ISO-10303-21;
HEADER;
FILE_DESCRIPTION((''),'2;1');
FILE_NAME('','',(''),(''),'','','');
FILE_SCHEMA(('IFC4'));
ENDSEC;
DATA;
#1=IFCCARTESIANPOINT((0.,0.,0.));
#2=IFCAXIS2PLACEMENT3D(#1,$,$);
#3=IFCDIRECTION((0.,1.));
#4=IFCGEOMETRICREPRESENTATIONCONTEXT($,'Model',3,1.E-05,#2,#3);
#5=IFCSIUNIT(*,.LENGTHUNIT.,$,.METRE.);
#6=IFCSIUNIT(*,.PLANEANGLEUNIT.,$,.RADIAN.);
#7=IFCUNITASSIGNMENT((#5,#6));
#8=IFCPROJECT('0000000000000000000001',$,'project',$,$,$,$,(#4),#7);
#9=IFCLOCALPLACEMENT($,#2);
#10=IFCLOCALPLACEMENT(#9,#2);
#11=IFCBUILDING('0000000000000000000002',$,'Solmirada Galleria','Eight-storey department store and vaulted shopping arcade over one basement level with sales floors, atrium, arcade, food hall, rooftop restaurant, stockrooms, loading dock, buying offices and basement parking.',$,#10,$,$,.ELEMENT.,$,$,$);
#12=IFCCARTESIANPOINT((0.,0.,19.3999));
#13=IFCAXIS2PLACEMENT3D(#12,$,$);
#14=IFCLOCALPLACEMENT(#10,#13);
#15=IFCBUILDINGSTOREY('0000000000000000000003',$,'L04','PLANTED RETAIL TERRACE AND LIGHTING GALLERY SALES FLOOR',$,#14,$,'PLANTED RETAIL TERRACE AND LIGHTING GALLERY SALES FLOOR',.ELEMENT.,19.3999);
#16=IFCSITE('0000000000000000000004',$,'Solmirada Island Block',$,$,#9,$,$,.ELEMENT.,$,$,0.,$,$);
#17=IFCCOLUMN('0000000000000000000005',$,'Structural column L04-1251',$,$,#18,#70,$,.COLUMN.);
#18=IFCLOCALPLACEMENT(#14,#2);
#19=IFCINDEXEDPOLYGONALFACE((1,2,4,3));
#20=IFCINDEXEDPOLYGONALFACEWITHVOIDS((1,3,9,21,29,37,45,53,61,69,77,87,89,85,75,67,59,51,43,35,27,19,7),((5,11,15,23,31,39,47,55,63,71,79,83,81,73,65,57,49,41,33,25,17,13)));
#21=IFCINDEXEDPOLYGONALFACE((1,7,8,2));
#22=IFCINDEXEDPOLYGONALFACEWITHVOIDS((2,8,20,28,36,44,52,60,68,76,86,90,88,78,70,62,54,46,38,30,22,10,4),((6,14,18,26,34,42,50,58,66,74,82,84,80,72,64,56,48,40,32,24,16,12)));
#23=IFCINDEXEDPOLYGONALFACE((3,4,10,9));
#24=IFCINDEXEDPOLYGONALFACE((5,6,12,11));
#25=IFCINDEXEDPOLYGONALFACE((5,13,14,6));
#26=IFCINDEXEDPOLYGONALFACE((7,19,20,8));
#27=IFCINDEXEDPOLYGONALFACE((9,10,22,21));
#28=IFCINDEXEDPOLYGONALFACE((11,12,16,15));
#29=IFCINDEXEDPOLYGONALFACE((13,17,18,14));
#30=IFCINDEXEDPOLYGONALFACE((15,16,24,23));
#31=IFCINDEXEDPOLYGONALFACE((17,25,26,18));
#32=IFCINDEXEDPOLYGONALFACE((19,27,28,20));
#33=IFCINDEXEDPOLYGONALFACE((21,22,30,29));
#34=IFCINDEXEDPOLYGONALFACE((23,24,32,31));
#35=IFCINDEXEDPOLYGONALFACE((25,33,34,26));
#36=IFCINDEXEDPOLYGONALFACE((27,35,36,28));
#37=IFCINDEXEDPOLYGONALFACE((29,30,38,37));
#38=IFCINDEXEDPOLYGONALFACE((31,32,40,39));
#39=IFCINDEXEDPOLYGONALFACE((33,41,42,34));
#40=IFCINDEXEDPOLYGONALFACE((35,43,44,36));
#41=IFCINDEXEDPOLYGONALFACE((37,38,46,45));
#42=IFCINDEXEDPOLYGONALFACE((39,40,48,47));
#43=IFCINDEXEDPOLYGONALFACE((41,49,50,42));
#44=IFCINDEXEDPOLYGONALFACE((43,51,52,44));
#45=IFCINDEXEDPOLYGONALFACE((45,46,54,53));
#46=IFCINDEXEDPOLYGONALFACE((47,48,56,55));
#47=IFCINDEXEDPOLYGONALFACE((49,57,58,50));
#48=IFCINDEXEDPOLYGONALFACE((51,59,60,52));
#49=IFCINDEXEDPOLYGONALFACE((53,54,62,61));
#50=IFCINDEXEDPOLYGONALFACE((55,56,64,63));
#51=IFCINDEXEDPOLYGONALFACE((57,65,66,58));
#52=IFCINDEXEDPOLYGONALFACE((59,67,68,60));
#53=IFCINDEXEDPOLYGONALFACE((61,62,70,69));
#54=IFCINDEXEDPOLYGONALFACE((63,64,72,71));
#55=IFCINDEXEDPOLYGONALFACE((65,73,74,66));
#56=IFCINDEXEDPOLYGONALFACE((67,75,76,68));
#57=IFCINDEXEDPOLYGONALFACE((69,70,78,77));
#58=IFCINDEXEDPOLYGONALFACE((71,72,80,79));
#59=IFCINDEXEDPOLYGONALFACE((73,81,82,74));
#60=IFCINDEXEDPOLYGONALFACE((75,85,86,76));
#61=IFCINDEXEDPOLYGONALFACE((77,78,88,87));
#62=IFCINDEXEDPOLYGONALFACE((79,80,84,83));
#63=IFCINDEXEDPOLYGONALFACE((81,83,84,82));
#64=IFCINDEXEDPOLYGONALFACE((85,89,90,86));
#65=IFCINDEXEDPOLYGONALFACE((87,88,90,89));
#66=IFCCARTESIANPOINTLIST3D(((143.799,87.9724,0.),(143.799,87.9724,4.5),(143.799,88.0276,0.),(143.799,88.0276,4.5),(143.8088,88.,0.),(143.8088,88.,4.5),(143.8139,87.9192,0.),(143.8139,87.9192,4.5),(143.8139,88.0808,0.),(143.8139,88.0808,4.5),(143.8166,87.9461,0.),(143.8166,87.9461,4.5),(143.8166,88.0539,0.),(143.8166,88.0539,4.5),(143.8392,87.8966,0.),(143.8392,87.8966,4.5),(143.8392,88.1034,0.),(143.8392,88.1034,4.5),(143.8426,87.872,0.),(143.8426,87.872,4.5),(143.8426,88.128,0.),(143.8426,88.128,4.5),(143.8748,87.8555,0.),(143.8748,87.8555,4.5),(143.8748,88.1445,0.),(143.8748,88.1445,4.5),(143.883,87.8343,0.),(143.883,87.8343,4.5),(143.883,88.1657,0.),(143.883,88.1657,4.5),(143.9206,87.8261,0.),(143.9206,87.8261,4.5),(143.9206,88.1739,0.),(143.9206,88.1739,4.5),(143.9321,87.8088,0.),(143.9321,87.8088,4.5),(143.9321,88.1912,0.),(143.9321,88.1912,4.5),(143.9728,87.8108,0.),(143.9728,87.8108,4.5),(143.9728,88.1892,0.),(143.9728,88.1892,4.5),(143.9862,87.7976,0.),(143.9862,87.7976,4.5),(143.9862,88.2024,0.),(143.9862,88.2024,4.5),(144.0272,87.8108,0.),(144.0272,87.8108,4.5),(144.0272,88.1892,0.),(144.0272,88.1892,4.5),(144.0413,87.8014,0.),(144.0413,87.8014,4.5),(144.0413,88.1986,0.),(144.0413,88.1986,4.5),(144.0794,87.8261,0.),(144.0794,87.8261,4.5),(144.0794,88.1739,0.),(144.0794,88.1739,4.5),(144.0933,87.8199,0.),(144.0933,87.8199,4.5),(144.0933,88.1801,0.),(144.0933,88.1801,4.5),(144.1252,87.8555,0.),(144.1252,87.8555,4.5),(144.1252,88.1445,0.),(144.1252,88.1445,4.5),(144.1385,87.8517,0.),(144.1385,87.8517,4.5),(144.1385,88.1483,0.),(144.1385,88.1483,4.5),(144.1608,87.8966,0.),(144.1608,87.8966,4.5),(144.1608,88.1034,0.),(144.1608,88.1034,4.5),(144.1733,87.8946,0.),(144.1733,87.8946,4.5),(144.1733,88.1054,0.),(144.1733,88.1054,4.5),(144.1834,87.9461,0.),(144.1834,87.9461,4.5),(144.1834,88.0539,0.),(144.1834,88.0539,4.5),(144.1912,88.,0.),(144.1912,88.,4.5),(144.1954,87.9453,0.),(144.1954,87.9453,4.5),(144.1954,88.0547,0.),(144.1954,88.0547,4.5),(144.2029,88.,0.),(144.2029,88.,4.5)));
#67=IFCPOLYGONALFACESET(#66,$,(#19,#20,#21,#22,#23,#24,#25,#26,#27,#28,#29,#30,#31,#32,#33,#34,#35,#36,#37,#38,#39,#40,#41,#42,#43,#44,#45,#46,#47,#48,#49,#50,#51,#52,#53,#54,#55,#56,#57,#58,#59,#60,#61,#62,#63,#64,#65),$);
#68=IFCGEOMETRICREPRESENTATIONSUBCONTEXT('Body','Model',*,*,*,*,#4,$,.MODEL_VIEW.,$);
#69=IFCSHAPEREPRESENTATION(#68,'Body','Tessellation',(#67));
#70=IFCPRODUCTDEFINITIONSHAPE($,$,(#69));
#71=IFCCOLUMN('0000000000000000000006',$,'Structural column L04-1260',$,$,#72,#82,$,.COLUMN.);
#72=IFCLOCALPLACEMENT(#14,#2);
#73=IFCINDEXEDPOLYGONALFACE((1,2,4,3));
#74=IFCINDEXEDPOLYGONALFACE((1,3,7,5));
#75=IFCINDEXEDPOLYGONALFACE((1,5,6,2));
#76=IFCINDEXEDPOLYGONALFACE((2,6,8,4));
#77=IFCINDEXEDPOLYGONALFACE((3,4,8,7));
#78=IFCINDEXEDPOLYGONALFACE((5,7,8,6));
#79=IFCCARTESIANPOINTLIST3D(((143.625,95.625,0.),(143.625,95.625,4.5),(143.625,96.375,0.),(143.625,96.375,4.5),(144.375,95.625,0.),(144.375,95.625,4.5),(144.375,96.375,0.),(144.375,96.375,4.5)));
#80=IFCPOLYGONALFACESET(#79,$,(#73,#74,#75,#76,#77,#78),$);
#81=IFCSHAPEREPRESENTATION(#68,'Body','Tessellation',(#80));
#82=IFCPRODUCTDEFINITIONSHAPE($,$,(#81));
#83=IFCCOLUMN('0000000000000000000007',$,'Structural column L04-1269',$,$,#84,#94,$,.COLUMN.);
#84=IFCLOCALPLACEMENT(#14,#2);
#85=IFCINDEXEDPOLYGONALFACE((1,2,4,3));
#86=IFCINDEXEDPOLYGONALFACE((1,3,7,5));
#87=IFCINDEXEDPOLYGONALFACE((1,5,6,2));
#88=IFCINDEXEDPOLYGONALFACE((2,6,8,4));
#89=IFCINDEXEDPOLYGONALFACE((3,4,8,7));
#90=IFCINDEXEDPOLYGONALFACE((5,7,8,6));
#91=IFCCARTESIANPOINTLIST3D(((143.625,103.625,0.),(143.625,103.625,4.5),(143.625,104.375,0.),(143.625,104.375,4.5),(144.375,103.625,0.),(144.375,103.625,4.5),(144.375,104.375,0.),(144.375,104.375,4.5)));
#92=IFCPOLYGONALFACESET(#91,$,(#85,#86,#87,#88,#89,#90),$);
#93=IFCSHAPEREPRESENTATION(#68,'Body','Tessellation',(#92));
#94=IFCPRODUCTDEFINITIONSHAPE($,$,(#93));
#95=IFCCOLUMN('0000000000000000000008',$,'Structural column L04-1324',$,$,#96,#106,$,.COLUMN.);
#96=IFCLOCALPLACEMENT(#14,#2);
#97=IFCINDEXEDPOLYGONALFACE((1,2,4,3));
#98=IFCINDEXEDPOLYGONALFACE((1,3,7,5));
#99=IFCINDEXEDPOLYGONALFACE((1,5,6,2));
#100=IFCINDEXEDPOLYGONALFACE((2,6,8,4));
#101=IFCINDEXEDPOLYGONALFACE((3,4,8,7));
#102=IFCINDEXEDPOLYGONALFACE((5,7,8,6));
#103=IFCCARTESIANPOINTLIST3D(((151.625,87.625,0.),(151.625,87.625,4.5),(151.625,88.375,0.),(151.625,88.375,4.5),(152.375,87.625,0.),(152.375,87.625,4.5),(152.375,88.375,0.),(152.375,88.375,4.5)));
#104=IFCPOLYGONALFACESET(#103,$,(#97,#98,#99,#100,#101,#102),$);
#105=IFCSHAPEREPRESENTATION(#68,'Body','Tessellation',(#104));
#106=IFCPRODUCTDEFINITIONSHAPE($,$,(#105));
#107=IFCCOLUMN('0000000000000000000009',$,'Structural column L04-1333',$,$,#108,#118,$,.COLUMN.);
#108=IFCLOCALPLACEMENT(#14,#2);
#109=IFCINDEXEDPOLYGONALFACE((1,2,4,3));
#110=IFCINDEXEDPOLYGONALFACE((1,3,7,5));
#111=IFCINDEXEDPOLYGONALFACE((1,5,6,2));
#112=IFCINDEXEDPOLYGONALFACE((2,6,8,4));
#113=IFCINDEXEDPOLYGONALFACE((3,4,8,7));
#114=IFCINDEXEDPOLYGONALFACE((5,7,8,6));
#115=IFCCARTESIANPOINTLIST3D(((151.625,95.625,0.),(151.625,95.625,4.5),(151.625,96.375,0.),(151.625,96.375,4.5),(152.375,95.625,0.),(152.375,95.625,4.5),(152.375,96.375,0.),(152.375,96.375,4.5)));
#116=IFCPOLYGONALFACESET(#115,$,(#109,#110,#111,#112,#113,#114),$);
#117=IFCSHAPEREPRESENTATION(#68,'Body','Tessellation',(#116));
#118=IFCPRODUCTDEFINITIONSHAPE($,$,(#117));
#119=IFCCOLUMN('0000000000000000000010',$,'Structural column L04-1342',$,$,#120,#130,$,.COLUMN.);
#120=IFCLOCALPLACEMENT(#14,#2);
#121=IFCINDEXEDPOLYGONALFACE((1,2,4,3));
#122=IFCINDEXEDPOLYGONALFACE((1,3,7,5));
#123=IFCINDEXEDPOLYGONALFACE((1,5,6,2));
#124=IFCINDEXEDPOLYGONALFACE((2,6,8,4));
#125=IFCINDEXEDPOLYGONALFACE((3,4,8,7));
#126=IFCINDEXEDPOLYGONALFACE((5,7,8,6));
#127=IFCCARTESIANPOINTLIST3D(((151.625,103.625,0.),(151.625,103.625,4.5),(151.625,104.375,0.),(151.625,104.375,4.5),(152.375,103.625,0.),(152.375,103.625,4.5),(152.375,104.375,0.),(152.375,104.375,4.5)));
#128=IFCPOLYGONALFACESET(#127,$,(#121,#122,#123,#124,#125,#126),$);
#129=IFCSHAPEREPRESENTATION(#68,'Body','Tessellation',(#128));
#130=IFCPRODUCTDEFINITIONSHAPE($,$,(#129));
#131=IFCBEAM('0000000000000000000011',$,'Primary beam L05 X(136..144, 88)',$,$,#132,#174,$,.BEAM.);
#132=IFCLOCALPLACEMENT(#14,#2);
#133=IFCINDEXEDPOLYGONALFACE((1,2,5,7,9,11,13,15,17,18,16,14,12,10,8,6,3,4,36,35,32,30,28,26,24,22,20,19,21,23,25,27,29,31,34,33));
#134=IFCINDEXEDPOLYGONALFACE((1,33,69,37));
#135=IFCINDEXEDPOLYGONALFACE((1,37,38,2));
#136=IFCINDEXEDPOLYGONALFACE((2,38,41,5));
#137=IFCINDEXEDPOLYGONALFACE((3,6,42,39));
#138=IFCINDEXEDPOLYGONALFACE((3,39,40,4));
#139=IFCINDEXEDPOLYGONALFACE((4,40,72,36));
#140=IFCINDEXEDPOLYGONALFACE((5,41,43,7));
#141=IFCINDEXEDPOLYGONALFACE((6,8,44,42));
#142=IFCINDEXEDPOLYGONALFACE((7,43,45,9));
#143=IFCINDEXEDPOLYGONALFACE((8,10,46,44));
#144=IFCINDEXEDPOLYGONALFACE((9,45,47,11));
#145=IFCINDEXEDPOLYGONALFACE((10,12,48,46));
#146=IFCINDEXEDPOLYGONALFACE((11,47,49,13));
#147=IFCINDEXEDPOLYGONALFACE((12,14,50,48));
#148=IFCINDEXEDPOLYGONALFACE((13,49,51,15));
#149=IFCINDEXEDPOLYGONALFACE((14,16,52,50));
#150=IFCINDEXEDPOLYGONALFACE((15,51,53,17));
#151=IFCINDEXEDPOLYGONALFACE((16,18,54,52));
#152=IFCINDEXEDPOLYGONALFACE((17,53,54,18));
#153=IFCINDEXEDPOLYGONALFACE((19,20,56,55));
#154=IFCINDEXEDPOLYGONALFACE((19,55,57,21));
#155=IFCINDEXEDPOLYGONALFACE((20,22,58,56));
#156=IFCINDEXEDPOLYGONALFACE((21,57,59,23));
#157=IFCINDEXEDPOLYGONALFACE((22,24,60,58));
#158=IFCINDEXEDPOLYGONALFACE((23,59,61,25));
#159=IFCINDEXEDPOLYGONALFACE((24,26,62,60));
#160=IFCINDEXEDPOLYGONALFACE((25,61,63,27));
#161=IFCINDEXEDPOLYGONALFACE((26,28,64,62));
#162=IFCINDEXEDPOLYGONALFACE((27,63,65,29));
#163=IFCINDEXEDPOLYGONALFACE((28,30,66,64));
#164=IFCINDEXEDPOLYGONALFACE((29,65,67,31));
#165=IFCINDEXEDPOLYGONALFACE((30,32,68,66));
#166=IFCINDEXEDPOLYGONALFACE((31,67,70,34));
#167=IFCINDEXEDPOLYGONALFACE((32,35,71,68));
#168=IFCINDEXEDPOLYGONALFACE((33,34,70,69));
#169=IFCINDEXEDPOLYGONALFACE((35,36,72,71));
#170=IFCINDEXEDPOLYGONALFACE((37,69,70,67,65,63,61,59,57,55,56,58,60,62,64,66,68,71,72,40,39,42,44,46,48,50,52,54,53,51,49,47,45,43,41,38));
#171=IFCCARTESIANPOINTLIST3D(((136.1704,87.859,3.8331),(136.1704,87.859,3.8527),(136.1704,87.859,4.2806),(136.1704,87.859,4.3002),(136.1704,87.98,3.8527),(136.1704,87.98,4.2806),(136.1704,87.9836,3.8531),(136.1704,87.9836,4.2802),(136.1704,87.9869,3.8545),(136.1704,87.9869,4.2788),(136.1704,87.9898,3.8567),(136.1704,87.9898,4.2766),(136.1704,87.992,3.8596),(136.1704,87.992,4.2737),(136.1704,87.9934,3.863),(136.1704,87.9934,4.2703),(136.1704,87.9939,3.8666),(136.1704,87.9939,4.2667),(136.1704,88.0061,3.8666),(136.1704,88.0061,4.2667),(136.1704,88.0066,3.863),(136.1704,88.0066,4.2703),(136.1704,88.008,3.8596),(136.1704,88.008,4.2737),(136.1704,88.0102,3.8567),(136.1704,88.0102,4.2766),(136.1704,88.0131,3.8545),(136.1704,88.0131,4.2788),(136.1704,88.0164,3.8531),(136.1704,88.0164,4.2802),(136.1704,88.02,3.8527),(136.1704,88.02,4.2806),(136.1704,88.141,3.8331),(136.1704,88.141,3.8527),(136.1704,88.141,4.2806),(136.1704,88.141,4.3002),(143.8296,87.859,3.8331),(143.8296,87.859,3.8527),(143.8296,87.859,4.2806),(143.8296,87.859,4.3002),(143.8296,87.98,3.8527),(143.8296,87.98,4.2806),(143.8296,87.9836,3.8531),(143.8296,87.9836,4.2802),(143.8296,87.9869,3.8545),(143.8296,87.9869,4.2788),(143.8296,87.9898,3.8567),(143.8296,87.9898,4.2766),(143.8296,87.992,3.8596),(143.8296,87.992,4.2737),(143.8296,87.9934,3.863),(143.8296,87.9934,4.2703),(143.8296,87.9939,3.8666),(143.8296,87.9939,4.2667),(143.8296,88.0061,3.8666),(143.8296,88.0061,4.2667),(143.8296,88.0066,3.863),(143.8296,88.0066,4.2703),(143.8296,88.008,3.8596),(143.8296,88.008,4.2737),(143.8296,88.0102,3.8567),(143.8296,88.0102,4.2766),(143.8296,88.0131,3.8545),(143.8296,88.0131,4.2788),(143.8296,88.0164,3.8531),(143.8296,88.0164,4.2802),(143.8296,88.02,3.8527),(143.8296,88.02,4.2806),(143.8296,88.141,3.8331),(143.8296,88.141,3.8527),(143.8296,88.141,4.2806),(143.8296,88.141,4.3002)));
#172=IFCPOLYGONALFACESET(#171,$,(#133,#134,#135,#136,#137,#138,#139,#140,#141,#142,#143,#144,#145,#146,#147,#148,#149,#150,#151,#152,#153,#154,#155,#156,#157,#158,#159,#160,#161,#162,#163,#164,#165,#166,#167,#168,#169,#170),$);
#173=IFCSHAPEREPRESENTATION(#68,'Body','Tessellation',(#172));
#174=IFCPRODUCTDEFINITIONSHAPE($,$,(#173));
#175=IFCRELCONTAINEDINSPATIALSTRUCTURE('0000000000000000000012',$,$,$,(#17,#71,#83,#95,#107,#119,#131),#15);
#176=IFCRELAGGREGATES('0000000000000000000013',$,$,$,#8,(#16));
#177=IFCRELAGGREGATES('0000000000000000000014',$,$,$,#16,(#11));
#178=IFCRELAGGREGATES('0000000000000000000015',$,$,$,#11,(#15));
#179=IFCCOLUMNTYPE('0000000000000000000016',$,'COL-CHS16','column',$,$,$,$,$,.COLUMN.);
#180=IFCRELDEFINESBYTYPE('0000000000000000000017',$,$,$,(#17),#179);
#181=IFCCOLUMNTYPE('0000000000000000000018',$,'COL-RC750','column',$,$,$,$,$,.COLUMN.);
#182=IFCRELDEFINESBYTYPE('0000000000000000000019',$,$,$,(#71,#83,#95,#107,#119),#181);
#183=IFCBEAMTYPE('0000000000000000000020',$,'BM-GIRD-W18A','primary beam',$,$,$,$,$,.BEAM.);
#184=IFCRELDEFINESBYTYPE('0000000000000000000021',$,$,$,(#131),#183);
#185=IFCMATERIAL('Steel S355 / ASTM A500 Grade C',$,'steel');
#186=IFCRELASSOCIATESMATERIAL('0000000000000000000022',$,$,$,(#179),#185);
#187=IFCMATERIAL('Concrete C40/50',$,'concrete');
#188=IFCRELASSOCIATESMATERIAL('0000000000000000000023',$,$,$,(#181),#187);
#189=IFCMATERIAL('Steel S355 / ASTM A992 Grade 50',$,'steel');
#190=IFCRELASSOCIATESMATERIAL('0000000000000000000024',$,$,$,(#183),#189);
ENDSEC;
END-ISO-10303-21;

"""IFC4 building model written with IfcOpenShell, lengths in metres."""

from ifc_helpers import new_model, si_unit, direction, frame, origin, origin_2d, place, context, subcontext, project, spatial, rectangle, hollow_circle, i_section, extrude, material, material_profile, profile_set, type_object, element, save


model = new_model("IFC4")

# Units and contexts
model_context = context("Model", 3, precision=1e-05, world=origin(), true_north=direction((0.0, 1.0)))
body_context = subcontext(model_context, "Body", "Model", "MODEL_VIEW")
ifc_project = project(units=[si_unit("LENGTHUNIT", "METRE"), si_unit("PLANEANGLEUNIT", "RADIAN")], contexts=[model_context])

# Site, building, storey
site_placement = place(None, origin())
site = spatial("IfcSite", under=ifc_project, at=site_placement, Name="Solmirada Island Block", CompositionType="ELEMENT", RefElevation=0.0)
building_placement = place(site_placement, origin())
building = spatial("IfcBuilding", under=site, at=building_placement, Name="Solmirada Galleria", Description="Eight-storey department store and vaulted shopping arcade over one basement level with sales floors, atrium, arcade, food hall, rooftop restaurant, stockrooms, loading dock, buying offices and basement parking.", CompositionType="ELEMENT")
storey_placement = place(building_placement, frame((0.0, 0.0, 19.3999)))
storey = spatial("IfcBuildingStorey", under=building, at=storey_placement, Name="L04", Description="PLANTED RETAIL TERRACE AND LIGHTING GALLERY SALES FLOOR", LongName="PLANTED RETAIL TERRACE AND LIGHTING GALLERY SALES FLOOR", CompositionType="ELEMENT", Elevation=19.3999)

# Columns
ifc_material_1 = material(Name="Steel S355 / ASTM A500 Grade C", Category="steel")
ifc_material_profile_1 = material_profile(ifc_material_1, hollow_circle(Radius=0.2029, WallThickness=0.0117, at=origin_2d()), Name="HSS16.000X0.500")
ifc_profile_set_1 = profile_set([ifc_material_profile_1], Name="Steel S355 / ASTM A500 Grade C")
column_type_1 = type_object("IfcColumnType", Name="COL-CHS16", Description="column", PredefinedType="COLUMN", material=ifc_profile_set_1)
column_placement = place(storey_placement, frame((144.0, 88.0, 0.0), z_axis=(0.0, 0.0, 1.0), x_axis=(1.0, 0.0, 0.0)))
element("IfcColumn", 1, at=column_placement, inside=storey, type_object=column_type_1, Name="Structural column L04-1251", PredefinedType="COLUMN", context=body_context, shape_type="SweptSolid", body=[
    extrude(hollow_circle(Radius=0.2029, WallThickness=0.0117, at=origin_2d()), origin(), (0.0, 0.0, 1.0), 4.5),
])
ifc_material_2 = material(Name="Concrete C40/50", Category="concrete")
ifc_material_profile_2 = material_profile(ifc_material_2, rectangle(XDim=0.75, YDim=0.75, at=origin_2d()), Name="RC750X750")
ifc_profile_set_2 = profile_set([ifc_material_profile_2], Name="Concrete C40/50")
column_type_2 = type_object("IfcColumnType", Name="COL-RC750", Description="column", PredefinedType="COLUMN", material=ifc_profile_set_2)
for number, where, z_axis, x_axis, name in (
    (2, (144.0, 96.0, 0.0), (0.0, 0.0, 1.0), (1.0, 0.0, 0.0), "Structural column L04-1260"),
    (3, (144.0, 104.0, 0.0), (0.0, 0.0, 1.0), (1.0, 0.0, 0.0), "Structural column L04-1269"),
    (4, (152.0, 88.0, 0.0), (0.0, 0.0, 1.0), (1.0, 0.0, 0.0), "Structural column L04-1324"),
    (5, (152.0, 96.0, 0.0), (0.0, 0.0, 1.0), (1.0, 0.0, 0.0), "Structural column L04-1333"),
    (6, (152.0, 104.0, 0.0), (0.0, 0.0, 1.0), (1.0, 0.0, 0.0), "Structural column L04-1342"),
):
    element("IfcColumn", number, at=place(storey_placement, frame(where, z_axis=z_axis, x_axis=x_axis)), inside=storey, type_object=column_type_2, Name=name, PredefinedType="COLUMN", context=body_context, shape_type="SweptSolid", body=[
        extrude(rectangle(XDim=0.75, YDim=0.75, at=origin_2d()), origin(), (0.0, 0.0, 1.0), 4.5),
    ])

# Beam
ifc_material_3 = material(Name="Steel S355 / ASTM A992 Grade 50", Category="steel")
ifc_material_profile_3 = material_profile(ifc_material_3, i_section(OverallWidth=0.282, OverallDepth=0.467, WebThickness=0.0122, FlangeThickness=0.0195, FilletRadius=0.0139, at=origin_2d()), Name="W18X86")
ifc_profile_set_3 = profile_set([ifc_material_profile_3], Name="Steel S355 / ASTM A992 Grade 50")
beam_type_1 = type_object("IfcBeamType", Name="BM-GIRD-W18A", Description="primary beam", PredefinedType="BEAM", material=ifc_profile_set_3)
beam_1_placement = place(storey_placement, frame((136.1704, 88.0, 4.0667), z_axis=(1.0, 0.0, 0.0), x_axis=(0.0, 1.0, 0.0)))
element("IfcBeam", 7, at=beam_1_placement, inside=storey, type_object=beam_type_1, Name="Primary beam L05 X(136..144, 88)", PredefinedType="BEAM", context=body_context, shape_type="SweptSolid", body=[
    extrude(i_section(OverallWidth=0.282, OverallDepth=0.467, WebThickness=0.0122, FlangeThickness=0.0195, FilletRadius=0.0139, at=origin_2d()), origin(), (0.0, 0.0, 1.0), 7.6592),
])

save(model, "model.ifc")
